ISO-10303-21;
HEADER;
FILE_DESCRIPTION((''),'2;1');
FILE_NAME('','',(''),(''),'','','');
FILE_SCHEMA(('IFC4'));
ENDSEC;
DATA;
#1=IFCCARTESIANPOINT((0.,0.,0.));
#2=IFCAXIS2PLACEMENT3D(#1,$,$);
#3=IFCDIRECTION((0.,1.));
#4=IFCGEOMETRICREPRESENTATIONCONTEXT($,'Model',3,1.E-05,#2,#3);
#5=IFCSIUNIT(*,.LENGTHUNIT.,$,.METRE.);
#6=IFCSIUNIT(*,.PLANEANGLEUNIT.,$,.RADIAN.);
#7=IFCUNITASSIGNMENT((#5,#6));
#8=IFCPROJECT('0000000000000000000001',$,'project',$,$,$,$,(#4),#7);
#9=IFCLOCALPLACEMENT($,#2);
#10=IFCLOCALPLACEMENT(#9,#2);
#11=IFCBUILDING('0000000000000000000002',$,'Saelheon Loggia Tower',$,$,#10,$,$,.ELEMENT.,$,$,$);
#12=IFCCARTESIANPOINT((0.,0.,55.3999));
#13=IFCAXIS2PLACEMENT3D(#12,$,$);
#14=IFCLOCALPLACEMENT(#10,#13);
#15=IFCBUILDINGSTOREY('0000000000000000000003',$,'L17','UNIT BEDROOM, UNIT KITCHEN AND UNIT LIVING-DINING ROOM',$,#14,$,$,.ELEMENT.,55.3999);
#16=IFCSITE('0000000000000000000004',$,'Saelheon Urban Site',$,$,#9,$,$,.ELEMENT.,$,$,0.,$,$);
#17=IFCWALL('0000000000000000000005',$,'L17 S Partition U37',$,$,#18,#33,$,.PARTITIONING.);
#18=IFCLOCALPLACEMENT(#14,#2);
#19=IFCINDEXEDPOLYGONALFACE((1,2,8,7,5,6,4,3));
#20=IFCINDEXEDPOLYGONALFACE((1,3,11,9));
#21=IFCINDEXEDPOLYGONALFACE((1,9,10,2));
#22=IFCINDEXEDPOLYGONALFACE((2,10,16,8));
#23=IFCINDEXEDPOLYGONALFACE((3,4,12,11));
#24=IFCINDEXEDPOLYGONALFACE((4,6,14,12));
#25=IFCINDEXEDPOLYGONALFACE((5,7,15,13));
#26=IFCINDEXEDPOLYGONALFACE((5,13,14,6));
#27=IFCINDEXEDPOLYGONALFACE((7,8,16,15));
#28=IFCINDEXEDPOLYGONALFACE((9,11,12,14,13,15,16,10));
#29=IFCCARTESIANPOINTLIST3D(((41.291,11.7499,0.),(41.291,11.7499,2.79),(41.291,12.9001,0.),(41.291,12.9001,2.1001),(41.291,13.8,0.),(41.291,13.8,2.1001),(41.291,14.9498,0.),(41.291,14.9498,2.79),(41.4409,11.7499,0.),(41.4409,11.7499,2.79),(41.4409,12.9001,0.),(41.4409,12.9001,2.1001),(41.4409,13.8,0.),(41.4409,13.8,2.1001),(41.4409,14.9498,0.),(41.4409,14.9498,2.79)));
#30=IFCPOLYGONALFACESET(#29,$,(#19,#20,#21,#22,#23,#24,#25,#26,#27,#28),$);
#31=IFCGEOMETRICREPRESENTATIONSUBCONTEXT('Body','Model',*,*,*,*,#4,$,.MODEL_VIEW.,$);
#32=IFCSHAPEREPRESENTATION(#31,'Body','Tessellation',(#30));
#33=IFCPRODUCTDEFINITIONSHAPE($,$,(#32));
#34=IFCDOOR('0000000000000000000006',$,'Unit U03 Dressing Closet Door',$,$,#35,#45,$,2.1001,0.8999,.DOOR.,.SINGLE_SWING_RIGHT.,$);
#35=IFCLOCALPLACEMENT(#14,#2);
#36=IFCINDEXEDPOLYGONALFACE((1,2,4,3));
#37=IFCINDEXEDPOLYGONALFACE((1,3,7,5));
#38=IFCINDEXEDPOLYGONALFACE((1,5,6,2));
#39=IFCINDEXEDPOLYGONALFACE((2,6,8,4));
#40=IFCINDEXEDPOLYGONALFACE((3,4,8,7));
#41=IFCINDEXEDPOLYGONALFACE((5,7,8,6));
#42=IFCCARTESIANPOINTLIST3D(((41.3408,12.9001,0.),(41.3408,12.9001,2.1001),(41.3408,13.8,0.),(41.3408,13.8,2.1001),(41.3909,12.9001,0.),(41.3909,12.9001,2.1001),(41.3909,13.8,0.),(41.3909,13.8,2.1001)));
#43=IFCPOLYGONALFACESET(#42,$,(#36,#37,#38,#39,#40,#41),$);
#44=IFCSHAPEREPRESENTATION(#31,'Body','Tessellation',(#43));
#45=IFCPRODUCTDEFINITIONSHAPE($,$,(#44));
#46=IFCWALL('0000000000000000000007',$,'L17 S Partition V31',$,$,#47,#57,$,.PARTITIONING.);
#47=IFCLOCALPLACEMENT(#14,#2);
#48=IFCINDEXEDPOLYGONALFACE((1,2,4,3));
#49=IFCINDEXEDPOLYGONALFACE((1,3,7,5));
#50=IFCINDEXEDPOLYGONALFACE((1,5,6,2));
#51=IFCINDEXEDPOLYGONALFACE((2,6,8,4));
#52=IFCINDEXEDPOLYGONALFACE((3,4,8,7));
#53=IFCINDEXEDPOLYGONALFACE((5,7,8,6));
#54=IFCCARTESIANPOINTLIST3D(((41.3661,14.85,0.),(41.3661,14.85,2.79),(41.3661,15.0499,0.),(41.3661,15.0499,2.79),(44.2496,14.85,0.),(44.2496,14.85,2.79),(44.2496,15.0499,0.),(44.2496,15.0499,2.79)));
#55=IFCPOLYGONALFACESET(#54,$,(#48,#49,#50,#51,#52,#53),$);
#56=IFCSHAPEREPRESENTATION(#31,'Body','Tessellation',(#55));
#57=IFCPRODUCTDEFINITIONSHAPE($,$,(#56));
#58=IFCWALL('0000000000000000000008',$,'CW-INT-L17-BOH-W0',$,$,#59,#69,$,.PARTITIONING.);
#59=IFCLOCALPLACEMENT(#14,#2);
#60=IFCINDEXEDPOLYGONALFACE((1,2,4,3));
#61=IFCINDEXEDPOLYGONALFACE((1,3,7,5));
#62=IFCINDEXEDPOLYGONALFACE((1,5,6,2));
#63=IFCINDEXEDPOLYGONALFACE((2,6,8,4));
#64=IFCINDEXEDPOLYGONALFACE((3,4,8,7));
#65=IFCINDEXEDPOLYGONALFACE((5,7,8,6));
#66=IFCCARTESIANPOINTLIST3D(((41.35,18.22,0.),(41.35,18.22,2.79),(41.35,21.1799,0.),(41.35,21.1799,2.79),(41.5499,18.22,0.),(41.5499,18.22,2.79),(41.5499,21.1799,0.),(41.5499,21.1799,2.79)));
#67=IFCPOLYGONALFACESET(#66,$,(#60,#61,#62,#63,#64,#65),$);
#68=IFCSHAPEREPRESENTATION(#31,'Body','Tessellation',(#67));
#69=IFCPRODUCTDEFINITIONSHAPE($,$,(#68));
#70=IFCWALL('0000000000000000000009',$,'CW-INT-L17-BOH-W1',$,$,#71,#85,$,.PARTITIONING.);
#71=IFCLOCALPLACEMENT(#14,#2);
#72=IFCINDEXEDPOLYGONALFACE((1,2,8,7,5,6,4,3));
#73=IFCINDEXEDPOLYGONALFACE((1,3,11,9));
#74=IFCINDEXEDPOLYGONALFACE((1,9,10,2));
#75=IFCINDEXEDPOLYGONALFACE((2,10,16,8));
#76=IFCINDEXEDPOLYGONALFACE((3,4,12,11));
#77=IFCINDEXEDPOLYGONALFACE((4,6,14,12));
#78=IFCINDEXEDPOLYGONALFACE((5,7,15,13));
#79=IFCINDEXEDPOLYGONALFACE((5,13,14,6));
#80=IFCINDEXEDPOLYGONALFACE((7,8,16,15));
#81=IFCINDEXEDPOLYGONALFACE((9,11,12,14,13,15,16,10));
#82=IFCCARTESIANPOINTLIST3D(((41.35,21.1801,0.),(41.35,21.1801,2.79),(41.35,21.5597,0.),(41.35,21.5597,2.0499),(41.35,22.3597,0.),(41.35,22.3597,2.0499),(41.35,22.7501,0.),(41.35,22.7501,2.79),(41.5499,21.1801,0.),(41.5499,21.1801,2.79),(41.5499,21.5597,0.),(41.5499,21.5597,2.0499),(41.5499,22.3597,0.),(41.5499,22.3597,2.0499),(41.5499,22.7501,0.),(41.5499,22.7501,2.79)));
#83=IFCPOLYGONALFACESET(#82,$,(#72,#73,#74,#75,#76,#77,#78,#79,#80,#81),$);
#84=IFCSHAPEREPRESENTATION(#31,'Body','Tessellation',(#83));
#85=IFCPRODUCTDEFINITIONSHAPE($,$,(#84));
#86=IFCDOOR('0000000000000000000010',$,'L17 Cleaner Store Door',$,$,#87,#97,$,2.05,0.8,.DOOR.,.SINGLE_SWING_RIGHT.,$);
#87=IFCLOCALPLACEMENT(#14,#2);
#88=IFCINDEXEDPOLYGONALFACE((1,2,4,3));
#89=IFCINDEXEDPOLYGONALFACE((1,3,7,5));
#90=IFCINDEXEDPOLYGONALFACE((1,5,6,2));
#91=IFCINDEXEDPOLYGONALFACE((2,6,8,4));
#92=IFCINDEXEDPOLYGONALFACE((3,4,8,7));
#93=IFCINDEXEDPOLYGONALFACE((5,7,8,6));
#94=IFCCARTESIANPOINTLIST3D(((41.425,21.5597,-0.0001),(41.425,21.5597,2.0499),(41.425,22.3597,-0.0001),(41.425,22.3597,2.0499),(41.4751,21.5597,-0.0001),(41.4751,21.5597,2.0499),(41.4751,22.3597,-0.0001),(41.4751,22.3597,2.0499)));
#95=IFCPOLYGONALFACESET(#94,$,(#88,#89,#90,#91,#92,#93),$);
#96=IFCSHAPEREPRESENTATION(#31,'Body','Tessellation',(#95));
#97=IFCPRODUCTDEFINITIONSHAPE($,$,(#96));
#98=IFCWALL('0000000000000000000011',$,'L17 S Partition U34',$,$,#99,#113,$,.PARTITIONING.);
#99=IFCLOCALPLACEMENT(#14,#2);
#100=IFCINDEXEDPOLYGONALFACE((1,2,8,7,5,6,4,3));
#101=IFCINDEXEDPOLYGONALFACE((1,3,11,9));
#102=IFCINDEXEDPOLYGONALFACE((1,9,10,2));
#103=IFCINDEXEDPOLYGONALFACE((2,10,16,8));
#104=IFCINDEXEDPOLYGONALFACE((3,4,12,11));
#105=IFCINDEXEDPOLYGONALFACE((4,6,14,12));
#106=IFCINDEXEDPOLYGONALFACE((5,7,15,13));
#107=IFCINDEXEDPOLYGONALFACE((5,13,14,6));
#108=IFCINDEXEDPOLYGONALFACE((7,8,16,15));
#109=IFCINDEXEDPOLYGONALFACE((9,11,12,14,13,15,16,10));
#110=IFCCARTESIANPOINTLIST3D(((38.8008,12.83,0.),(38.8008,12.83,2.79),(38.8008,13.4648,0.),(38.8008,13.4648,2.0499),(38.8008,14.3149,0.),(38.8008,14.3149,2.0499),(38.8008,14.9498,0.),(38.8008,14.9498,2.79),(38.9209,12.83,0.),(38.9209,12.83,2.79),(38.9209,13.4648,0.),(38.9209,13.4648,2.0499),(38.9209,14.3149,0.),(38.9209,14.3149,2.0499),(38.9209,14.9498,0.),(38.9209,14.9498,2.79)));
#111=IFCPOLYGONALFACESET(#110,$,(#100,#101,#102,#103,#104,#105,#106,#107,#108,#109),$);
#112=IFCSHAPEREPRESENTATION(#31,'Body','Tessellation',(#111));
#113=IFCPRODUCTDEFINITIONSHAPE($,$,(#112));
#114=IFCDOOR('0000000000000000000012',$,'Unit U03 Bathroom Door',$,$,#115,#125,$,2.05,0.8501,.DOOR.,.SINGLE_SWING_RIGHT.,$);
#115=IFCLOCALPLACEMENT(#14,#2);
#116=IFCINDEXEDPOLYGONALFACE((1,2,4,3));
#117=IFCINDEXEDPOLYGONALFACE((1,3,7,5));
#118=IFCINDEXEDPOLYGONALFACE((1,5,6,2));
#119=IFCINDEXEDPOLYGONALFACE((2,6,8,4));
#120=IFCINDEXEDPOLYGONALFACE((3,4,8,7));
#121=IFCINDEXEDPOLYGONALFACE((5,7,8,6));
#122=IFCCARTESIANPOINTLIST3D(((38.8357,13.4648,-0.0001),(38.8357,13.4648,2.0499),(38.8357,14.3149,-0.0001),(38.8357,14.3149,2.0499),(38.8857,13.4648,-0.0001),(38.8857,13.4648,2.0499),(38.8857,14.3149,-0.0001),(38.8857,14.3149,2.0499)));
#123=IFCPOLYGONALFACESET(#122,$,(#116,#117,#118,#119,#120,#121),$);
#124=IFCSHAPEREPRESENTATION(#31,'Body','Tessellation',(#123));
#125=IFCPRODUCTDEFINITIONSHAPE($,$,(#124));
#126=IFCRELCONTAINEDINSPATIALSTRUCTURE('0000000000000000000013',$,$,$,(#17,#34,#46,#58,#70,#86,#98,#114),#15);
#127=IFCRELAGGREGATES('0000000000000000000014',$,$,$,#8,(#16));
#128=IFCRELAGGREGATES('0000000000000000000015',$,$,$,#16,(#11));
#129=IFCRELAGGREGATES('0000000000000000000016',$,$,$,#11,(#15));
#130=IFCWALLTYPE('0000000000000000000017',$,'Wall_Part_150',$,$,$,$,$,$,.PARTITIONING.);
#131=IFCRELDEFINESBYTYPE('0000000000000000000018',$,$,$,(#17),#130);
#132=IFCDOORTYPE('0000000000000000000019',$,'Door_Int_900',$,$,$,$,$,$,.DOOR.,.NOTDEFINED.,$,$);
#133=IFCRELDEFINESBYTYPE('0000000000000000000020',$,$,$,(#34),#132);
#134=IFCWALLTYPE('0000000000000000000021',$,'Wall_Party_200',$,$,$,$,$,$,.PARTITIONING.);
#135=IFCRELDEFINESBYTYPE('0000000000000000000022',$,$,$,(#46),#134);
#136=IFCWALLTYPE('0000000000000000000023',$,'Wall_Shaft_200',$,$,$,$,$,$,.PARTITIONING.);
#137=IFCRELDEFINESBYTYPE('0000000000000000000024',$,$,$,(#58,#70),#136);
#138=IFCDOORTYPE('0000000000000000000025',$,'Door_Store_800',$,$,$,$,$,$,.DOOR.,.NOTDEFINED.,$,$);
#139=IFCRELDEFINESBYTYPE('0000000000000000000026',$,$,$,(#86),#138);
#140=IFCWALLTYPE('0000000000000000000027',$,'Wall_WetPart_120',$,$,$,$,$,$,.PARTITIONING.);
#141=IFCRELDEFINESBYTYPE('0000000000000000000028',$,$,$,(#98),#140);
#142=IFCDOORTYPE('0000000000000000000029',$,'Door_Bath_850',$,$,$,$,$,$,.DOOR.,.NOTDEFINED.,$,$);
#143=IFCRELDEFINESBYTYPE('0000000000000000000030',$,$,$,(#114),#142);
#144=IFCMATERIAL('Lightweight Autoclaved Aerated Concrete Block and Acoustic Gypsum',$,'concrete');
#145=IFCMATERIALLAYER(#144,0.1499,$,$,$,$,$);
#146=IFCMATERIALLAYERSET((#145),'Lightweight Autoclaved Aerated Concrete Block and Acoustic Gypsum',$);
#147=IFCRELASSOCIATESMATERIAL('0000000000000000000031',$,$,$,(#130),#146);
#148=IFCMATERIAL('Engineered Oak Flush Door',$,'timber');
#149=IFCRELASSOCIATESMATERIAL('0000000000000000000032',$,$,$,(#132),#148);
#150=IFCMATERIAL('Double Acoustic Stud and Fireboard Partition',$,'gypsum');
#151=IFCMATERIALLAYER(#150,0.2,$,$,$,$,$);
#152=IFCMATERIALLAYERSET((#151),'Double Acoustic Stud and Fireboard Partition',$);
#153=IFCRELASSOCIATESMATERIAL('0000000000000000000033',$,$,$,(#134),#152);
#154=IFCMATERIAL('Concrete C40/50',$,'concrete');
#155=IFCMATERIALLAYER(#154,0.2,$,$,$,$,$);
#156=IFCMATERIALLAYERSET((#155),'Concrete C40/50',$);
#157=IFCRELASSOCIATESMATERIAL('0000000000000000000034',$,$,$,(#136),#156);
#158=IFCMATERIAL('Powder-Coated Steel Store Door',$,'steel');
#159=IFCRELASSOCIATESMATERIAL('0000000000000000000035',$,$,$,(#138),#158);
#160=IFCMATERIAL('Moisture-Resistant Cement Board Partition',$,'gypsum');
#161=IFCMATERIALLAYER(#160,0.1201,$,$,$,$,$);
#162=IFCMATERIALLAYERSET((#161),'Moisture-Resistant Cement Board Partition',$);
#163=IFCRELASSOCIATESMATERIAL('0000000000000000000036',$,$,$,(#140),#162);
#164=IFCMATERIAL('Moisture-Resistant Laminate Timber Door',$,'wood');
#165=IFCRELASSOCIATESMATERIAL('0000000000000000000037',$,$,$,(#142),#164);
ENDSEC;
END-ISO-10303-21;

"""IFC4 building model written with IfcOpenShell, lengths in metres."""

from ifc_helpers import new_model, si_unit, direction, frame, frame_2d, origin, place, context, subcontext, project, spatial, rectangle, extrude, source, transform, mapped, material, layer, layer_set, type_object, element, fill, save


model = new_model("IFC4")

# Units and contexts
model_context = context("Model", 3, precision=1e-05, world=origin(), true_north=direction((0.0, 1.0)))
body_context = subcontext(model_context, "Body", "Model", "MODEL_VIEW")
ifc_project = project(units=[si_unit("LENGTHUNIT", "METRE"), si_unit("PLANEANGLEUNIT", "RADIAN")], contexts=[model_context])

# Site, building, storey
site_placement = place(None, origin())
site = spatial("IfcSite", under=ifc_project, at=site_placement, Name="Saelheon Urban Site", CompositionType="ELEMENT", RefElevation=0.0)
building_placement = place(site_placement, origin())
building = spatial("IfcBuilding", under=site, at=building_placement, Name="Saelheon Loggia Tower", CompositionType="ELEMENT")
storey_placement = place(building_placement, frame((0.0, 0.0, 55.3999)))
storey = spatial("IfcBuildingStorey", under=building, at=storey_placement, Name="L17", Description="UNIT BEDROOM, UNIT KITCHEN AND UNIT LIVING-DINING ROOM", CompositionType="ELEMENT", Elevation=55.3999)

# Wall, opening, door
ifc_material_1 = material(Name="Lightweight Autoclaved Aerated Concrete Block and Acoustic Gypsum", Category="concrete")
ifc_layer_1 = layer(ifc_material_1, 0.1499)
ifc_layer_set_1 = layer_set([ifc_layer_1], Name="Lightweight Autoclaved Aerated Concrete Block and Acoustic Gypsum")
wall_type_1 = type_object("IfcWallType", Name="Wall_Part_150", PredefinedType="PARTITIONING", material=ifc_layer_set_1)
wall_1_placement = place(storey_placement, frame((41.366, 14.95, 0.0), z_axis=(0.0, 0.0, 1.0), x_axis=(0.0, -1.0, 0.0)))
wall_1 = element("IfcWall", 1, at=wall_1_placement, inside=storey, type_object=wall_type_1, Name="L17 S Partition U37", PredefinedType="PARTITIONING", context=body_context, shape_type="SweptSolid", body=[
    extrude(rectangle(XDim=3.2, YDim=0.1499, at=frame_2d((1.6001, 0.0))), origin(), (0.0, 0.0, 1.0), 2.79),
])
opening_1_placement = place(wall_1_placement, frame((1.1499, 0.0, 0.0)))
opening_1 = element("IfcOpeningElement", 2, at=opening_1_placement, cuts=wall_1, PredefinedType="OPENING", context=body_context, shape_type="SweptSolid", body=[
    extrude(rectangle(XDim=0.8999, YDim=2.1001, at=frame_2d((0.45, 1.05))), frame((0.0, 0.0869, 0.0), z_axis=(0.0, -1.0, 0.0), x_axis=(1.0, 0.0, 0.0)), (0.0, 0.0, 1.0), 0.1738),
])
ifc_material_2 = material(Name="Engineered Oak Flush Door", Category="timber")
door_type_1 = type_object("IfcDoorType", Name="Door_Int_900", OperationType="NOTDEFINED", PredefinedType="DOOR", material=ifc_material_2)
shared_shape_1 = source(origin(), body_context, "Body", "SweptSolid", [
    extrude(rectangle(XDim=0.8999, YDim=2.1001, at=frame_2d((0.45, 1.05))), frame((0.0, 0.0249, 0.0), z_axis=(0.0, -1.0, 0.0), x_axis=(1.0, 0.0, 0.0)), (0.0, 0.0, 1.0), 0.05),
])
door_1_placement = place(opening_1_placement, origin())
door_1 = element("IfcDoor", 3, at=door_1_placement, inside=storey, type_object=door_type_1, Name="Unit U03 Dressing Closet Door", OperationType="SINGLE_SWING_RIGHT", OverallHeight=2.1001, OverallWidth=0.8999, PredefinedType="DOOR", context=body_context, shape_type="MappedRepresentation", body=[
    mapped(shared_shape_1, transform((0.0, 0.0, 0.0), scale=1.0)),
])
fill(opening_1, door_1)

# Walls
ifc_material_3 = material(Name="Double Acoustic Stud and Fireboard Partition", Category="gypsum")
ifc_layer_2 = layer(ifc_material_3, 0.2)
ifc_layer_set_2 = layer_set([ifc_layer_2], Name="Double Acoustic Stud and Fireboard Partition")
wall_type_2 = type_object("IfcWallType", Name="Wall_Party_200", PredefinedType="PARTITIONING", material=ifc_layer_set_2)
wall_2_placement = place(storey_placement, frame((41.366, 14.95, 0.0), z_axis=(0.0, 0.0, 1.0), x_axis=(1.0, 0.0, 0.0)))
element("IfcWall", 4, at=wall_2_placement, inside=storey, type_object=wall_type_2, Name="L17 S Partition V31", PredefinedType="PARTITIONING", context=body_context, shape_type="SweptSolid", body=[
    extrude(rectangle(XDim=2.8835, YDim=0.2, at=frame_2d((1.4419, 0.0))), origin(), (0.0, 0.0, 1.0), 2.79),
])
ifc_material_4 = material(Name="Concrete C40/50", Category="concrete")
ifc_layer_3 = layer(ifc_material_4, 0.2)
ifc_layer_set_3 = layer_set([ifc_layer_3], Name="Concrete C40/50")
wall_type_3 = type_object("IfcWallType", Name="Wall_Shaft_200", PredefinedType="PARTITIONING", material=ifc_layer_set_3)
wall_3_placement = place(storey_placement, frame((41.45, 18.22, 0.0), z_axis=(0.0, 0.0, 1.0), x_axis=(0.0, 1.0, 0.0)))
element("IfcWall", 5, at=wall_3_placement, inside=storey, type_object=wall_type_3, Name="CW-INT-L17-BOH-W0", PredefinedType="PARTITIONING", context=body_context, shape_type="SweptSolid", body=[
    extrude(rectangle(XDim=2.96, YDim=0.2, at=frame_2d((1.48, 0.0))), origin(), (0.0, 0.0, 1.0), 2.79),
])

# Wall, opening, door
wall_4_placement = place(storey_placement, frame((41.45, 21.1799, 0.0), z_axis=(0.0, 0.0, 1.0), x_axis=(0.0, 1.0, 0.0)))
wall_4 = element("IfcWall", 6, at=wall_4_placement, inside=storey, type_object=wall_type_3, Name="CW-INT-L17-BOH-W1", PredefinedType="PARTITIONING", context=body_context, shape_type="SweptSolid", body=[
    extrude(rectangle(XDim=1.5701, YDim=0.2, at=frame_2d((0.7852, 0.0))), origin(), (0.0, 0.0, 1.0), 2.79),
])
opening_2_placement = place(wall_4_placement, frame((0.3799, 0.0, 0.0)))
opening_2 = element("IfcOpeningElement", 7, at=opening_2_placement, cuts=wall_4, PredefinedType="OPENING", context=body_context, shape_type="SweptSolid", body=[
    extrude(rectangle(XDim=0.8, YDim=2.05, at=frame_2d((0.3999, 1.0249))), frame((0.0, 0.1121, 0.0), z_axis=(0.0, -1.0, 0.0), x_axis=(1.0, 0.0, 0.0)), (0.0, 0.0, 1.0), 0.2239),
])
ifc_material_5 = material(Name="Powder-Coated Steel Store Door", Category="steel")
door_type_2 = type_object("IfcDoorType", Name="Door_Store_800", OperationType="NOTDEFINED", PredefinedType="DOOR", material=ifc_material_5)
shared_shape_2 = source(origin(), body_context, "Body", "SweptSolid", [
    extrude(rectangle(XDim=0.8, YDim=2.05, at=frame_2d((0.3999, 1.0249))), frame((0.0, 0.0249, 0.0), z_axis=(0.0, -1.0, 0.0), x_axis=(1.0, 0.0, 0.0)), (0.0, 0.0, 1.0), 0.05),
])
door_2_placement = place(opening_2_placement, origin())
door_2 = element("IfcDoor", 8, at=door_2_placement, inside=storey, type_object=door_type_2, Name="L17 Cleaner Store Door", OperationType="SINGLE_SWING_RIGHT", OverallHeight=2.05, OverallWidth=0.8, PredefinedType="DOOR", context=body_context, shape_type="MappedRepresentation", body=[
    mapped(shared_shape_2, transform((0.0, 0.0, 0.0), scale=1.0)),
])
fill(opening_2, door_2)

# Wall, opening, door
ifc_material_6 = material(Name="Moisture-Resistant Cement Board Partition", Category="gypsum")
ifc_layer_4 = layer(ifc_material_6, 0.1201)
ifc_layer_set_4 = layer_set([ifc_layer_4], Name="Moisture-Resistant Cement Board Partition")
wall_type_4 = type_object("IfcWallType", Name="Wall_WetPart_120", PredefinedType="PARTITIONING", material=ifc_layer_set_4)
wall_5_placement = place(storey_placement, frame((38.8608, 14.95, 0.0), z_axis=(0.0, 0.0, 1.0), x_axis=(0.0, -1.0, 0.0)))
wall_5 = element("IfcWall", 9, at=wall_5_placement, inside=storey, type_object=wall_type_4, Name="L17 S Partition U34", PredefinedType="PARTITIONING", context=body_context, shape_type="SweptSolid", body=[
    extrude(rectangle(XDim=2.1199, YDim=0.1201, at=frame_2d((1.0601, 0.0))), origin(), (0.0, 0.0, 1.0), 2.79),
])
opening_3_placement = place(wall_5_placement, frame((0.635, 0.0, 0.0)))
opening_3 = element("IfcOpeningElement", 10, at=opening_3_placement, cuts=wall_5, PredefinedType="OPENING", context=body_context, shape_type="SweptSolid", body=[
    extrude(rectangle(XDim=0.8501, YDim=2.05, at=frame_2d((0.425, 1.0249))), frame((0.0, 0.072, 0.0), z_axis=(0.0, -1.0, 0.0), x_axis=(1.0, 0.0, 0.0)), (0.0, 0.0, 1.0), 0.144),
])
ifc_material_7 = material(Name="Moisture-Resistant Laminate Timber Door", Category="wood")
door_type_3 = type_object("IfcDoorType", Name="Door_Bath_850", OperationType="NOTDEFINED", PredefinedType="DOOR", material=ifc_material_7)
shared_shape_3 = source(origin(), body_context, "Body", "SweptSolid", [
    extrude(rectangle(XDim=0.8501, YDim=2.05, at=frame_2d((0.425, 1.0249))), frame((0.0, 0.0249, 0.0), z_axis=(0.0, -1.0, 0.0), x_axis=(1.0, 0.0, 0.0)), (0.0, 0.0, 1.0), 0.05),
])
door_3_placement = place(opening_3_placement, origin())
door_3 = element("IfcDoor", 11, at=door_3_placement, inside=storey, type_object=door_type_3, Name="Unit U03 Bathroom Door", OperationType="SINGLE_SWING_RIGHT", OverallHeight=2.05, OverallWidth=0.8501, PredefinedType="DOOR", context=body_context, shape_type="MappedRepresentation", body=[
    mapped(shared_shape_3, transform((0.0, 0.0, 0.0), scale=1.0)),
])
fill(opening_3, door_3)

save(model, "model.ifc")
